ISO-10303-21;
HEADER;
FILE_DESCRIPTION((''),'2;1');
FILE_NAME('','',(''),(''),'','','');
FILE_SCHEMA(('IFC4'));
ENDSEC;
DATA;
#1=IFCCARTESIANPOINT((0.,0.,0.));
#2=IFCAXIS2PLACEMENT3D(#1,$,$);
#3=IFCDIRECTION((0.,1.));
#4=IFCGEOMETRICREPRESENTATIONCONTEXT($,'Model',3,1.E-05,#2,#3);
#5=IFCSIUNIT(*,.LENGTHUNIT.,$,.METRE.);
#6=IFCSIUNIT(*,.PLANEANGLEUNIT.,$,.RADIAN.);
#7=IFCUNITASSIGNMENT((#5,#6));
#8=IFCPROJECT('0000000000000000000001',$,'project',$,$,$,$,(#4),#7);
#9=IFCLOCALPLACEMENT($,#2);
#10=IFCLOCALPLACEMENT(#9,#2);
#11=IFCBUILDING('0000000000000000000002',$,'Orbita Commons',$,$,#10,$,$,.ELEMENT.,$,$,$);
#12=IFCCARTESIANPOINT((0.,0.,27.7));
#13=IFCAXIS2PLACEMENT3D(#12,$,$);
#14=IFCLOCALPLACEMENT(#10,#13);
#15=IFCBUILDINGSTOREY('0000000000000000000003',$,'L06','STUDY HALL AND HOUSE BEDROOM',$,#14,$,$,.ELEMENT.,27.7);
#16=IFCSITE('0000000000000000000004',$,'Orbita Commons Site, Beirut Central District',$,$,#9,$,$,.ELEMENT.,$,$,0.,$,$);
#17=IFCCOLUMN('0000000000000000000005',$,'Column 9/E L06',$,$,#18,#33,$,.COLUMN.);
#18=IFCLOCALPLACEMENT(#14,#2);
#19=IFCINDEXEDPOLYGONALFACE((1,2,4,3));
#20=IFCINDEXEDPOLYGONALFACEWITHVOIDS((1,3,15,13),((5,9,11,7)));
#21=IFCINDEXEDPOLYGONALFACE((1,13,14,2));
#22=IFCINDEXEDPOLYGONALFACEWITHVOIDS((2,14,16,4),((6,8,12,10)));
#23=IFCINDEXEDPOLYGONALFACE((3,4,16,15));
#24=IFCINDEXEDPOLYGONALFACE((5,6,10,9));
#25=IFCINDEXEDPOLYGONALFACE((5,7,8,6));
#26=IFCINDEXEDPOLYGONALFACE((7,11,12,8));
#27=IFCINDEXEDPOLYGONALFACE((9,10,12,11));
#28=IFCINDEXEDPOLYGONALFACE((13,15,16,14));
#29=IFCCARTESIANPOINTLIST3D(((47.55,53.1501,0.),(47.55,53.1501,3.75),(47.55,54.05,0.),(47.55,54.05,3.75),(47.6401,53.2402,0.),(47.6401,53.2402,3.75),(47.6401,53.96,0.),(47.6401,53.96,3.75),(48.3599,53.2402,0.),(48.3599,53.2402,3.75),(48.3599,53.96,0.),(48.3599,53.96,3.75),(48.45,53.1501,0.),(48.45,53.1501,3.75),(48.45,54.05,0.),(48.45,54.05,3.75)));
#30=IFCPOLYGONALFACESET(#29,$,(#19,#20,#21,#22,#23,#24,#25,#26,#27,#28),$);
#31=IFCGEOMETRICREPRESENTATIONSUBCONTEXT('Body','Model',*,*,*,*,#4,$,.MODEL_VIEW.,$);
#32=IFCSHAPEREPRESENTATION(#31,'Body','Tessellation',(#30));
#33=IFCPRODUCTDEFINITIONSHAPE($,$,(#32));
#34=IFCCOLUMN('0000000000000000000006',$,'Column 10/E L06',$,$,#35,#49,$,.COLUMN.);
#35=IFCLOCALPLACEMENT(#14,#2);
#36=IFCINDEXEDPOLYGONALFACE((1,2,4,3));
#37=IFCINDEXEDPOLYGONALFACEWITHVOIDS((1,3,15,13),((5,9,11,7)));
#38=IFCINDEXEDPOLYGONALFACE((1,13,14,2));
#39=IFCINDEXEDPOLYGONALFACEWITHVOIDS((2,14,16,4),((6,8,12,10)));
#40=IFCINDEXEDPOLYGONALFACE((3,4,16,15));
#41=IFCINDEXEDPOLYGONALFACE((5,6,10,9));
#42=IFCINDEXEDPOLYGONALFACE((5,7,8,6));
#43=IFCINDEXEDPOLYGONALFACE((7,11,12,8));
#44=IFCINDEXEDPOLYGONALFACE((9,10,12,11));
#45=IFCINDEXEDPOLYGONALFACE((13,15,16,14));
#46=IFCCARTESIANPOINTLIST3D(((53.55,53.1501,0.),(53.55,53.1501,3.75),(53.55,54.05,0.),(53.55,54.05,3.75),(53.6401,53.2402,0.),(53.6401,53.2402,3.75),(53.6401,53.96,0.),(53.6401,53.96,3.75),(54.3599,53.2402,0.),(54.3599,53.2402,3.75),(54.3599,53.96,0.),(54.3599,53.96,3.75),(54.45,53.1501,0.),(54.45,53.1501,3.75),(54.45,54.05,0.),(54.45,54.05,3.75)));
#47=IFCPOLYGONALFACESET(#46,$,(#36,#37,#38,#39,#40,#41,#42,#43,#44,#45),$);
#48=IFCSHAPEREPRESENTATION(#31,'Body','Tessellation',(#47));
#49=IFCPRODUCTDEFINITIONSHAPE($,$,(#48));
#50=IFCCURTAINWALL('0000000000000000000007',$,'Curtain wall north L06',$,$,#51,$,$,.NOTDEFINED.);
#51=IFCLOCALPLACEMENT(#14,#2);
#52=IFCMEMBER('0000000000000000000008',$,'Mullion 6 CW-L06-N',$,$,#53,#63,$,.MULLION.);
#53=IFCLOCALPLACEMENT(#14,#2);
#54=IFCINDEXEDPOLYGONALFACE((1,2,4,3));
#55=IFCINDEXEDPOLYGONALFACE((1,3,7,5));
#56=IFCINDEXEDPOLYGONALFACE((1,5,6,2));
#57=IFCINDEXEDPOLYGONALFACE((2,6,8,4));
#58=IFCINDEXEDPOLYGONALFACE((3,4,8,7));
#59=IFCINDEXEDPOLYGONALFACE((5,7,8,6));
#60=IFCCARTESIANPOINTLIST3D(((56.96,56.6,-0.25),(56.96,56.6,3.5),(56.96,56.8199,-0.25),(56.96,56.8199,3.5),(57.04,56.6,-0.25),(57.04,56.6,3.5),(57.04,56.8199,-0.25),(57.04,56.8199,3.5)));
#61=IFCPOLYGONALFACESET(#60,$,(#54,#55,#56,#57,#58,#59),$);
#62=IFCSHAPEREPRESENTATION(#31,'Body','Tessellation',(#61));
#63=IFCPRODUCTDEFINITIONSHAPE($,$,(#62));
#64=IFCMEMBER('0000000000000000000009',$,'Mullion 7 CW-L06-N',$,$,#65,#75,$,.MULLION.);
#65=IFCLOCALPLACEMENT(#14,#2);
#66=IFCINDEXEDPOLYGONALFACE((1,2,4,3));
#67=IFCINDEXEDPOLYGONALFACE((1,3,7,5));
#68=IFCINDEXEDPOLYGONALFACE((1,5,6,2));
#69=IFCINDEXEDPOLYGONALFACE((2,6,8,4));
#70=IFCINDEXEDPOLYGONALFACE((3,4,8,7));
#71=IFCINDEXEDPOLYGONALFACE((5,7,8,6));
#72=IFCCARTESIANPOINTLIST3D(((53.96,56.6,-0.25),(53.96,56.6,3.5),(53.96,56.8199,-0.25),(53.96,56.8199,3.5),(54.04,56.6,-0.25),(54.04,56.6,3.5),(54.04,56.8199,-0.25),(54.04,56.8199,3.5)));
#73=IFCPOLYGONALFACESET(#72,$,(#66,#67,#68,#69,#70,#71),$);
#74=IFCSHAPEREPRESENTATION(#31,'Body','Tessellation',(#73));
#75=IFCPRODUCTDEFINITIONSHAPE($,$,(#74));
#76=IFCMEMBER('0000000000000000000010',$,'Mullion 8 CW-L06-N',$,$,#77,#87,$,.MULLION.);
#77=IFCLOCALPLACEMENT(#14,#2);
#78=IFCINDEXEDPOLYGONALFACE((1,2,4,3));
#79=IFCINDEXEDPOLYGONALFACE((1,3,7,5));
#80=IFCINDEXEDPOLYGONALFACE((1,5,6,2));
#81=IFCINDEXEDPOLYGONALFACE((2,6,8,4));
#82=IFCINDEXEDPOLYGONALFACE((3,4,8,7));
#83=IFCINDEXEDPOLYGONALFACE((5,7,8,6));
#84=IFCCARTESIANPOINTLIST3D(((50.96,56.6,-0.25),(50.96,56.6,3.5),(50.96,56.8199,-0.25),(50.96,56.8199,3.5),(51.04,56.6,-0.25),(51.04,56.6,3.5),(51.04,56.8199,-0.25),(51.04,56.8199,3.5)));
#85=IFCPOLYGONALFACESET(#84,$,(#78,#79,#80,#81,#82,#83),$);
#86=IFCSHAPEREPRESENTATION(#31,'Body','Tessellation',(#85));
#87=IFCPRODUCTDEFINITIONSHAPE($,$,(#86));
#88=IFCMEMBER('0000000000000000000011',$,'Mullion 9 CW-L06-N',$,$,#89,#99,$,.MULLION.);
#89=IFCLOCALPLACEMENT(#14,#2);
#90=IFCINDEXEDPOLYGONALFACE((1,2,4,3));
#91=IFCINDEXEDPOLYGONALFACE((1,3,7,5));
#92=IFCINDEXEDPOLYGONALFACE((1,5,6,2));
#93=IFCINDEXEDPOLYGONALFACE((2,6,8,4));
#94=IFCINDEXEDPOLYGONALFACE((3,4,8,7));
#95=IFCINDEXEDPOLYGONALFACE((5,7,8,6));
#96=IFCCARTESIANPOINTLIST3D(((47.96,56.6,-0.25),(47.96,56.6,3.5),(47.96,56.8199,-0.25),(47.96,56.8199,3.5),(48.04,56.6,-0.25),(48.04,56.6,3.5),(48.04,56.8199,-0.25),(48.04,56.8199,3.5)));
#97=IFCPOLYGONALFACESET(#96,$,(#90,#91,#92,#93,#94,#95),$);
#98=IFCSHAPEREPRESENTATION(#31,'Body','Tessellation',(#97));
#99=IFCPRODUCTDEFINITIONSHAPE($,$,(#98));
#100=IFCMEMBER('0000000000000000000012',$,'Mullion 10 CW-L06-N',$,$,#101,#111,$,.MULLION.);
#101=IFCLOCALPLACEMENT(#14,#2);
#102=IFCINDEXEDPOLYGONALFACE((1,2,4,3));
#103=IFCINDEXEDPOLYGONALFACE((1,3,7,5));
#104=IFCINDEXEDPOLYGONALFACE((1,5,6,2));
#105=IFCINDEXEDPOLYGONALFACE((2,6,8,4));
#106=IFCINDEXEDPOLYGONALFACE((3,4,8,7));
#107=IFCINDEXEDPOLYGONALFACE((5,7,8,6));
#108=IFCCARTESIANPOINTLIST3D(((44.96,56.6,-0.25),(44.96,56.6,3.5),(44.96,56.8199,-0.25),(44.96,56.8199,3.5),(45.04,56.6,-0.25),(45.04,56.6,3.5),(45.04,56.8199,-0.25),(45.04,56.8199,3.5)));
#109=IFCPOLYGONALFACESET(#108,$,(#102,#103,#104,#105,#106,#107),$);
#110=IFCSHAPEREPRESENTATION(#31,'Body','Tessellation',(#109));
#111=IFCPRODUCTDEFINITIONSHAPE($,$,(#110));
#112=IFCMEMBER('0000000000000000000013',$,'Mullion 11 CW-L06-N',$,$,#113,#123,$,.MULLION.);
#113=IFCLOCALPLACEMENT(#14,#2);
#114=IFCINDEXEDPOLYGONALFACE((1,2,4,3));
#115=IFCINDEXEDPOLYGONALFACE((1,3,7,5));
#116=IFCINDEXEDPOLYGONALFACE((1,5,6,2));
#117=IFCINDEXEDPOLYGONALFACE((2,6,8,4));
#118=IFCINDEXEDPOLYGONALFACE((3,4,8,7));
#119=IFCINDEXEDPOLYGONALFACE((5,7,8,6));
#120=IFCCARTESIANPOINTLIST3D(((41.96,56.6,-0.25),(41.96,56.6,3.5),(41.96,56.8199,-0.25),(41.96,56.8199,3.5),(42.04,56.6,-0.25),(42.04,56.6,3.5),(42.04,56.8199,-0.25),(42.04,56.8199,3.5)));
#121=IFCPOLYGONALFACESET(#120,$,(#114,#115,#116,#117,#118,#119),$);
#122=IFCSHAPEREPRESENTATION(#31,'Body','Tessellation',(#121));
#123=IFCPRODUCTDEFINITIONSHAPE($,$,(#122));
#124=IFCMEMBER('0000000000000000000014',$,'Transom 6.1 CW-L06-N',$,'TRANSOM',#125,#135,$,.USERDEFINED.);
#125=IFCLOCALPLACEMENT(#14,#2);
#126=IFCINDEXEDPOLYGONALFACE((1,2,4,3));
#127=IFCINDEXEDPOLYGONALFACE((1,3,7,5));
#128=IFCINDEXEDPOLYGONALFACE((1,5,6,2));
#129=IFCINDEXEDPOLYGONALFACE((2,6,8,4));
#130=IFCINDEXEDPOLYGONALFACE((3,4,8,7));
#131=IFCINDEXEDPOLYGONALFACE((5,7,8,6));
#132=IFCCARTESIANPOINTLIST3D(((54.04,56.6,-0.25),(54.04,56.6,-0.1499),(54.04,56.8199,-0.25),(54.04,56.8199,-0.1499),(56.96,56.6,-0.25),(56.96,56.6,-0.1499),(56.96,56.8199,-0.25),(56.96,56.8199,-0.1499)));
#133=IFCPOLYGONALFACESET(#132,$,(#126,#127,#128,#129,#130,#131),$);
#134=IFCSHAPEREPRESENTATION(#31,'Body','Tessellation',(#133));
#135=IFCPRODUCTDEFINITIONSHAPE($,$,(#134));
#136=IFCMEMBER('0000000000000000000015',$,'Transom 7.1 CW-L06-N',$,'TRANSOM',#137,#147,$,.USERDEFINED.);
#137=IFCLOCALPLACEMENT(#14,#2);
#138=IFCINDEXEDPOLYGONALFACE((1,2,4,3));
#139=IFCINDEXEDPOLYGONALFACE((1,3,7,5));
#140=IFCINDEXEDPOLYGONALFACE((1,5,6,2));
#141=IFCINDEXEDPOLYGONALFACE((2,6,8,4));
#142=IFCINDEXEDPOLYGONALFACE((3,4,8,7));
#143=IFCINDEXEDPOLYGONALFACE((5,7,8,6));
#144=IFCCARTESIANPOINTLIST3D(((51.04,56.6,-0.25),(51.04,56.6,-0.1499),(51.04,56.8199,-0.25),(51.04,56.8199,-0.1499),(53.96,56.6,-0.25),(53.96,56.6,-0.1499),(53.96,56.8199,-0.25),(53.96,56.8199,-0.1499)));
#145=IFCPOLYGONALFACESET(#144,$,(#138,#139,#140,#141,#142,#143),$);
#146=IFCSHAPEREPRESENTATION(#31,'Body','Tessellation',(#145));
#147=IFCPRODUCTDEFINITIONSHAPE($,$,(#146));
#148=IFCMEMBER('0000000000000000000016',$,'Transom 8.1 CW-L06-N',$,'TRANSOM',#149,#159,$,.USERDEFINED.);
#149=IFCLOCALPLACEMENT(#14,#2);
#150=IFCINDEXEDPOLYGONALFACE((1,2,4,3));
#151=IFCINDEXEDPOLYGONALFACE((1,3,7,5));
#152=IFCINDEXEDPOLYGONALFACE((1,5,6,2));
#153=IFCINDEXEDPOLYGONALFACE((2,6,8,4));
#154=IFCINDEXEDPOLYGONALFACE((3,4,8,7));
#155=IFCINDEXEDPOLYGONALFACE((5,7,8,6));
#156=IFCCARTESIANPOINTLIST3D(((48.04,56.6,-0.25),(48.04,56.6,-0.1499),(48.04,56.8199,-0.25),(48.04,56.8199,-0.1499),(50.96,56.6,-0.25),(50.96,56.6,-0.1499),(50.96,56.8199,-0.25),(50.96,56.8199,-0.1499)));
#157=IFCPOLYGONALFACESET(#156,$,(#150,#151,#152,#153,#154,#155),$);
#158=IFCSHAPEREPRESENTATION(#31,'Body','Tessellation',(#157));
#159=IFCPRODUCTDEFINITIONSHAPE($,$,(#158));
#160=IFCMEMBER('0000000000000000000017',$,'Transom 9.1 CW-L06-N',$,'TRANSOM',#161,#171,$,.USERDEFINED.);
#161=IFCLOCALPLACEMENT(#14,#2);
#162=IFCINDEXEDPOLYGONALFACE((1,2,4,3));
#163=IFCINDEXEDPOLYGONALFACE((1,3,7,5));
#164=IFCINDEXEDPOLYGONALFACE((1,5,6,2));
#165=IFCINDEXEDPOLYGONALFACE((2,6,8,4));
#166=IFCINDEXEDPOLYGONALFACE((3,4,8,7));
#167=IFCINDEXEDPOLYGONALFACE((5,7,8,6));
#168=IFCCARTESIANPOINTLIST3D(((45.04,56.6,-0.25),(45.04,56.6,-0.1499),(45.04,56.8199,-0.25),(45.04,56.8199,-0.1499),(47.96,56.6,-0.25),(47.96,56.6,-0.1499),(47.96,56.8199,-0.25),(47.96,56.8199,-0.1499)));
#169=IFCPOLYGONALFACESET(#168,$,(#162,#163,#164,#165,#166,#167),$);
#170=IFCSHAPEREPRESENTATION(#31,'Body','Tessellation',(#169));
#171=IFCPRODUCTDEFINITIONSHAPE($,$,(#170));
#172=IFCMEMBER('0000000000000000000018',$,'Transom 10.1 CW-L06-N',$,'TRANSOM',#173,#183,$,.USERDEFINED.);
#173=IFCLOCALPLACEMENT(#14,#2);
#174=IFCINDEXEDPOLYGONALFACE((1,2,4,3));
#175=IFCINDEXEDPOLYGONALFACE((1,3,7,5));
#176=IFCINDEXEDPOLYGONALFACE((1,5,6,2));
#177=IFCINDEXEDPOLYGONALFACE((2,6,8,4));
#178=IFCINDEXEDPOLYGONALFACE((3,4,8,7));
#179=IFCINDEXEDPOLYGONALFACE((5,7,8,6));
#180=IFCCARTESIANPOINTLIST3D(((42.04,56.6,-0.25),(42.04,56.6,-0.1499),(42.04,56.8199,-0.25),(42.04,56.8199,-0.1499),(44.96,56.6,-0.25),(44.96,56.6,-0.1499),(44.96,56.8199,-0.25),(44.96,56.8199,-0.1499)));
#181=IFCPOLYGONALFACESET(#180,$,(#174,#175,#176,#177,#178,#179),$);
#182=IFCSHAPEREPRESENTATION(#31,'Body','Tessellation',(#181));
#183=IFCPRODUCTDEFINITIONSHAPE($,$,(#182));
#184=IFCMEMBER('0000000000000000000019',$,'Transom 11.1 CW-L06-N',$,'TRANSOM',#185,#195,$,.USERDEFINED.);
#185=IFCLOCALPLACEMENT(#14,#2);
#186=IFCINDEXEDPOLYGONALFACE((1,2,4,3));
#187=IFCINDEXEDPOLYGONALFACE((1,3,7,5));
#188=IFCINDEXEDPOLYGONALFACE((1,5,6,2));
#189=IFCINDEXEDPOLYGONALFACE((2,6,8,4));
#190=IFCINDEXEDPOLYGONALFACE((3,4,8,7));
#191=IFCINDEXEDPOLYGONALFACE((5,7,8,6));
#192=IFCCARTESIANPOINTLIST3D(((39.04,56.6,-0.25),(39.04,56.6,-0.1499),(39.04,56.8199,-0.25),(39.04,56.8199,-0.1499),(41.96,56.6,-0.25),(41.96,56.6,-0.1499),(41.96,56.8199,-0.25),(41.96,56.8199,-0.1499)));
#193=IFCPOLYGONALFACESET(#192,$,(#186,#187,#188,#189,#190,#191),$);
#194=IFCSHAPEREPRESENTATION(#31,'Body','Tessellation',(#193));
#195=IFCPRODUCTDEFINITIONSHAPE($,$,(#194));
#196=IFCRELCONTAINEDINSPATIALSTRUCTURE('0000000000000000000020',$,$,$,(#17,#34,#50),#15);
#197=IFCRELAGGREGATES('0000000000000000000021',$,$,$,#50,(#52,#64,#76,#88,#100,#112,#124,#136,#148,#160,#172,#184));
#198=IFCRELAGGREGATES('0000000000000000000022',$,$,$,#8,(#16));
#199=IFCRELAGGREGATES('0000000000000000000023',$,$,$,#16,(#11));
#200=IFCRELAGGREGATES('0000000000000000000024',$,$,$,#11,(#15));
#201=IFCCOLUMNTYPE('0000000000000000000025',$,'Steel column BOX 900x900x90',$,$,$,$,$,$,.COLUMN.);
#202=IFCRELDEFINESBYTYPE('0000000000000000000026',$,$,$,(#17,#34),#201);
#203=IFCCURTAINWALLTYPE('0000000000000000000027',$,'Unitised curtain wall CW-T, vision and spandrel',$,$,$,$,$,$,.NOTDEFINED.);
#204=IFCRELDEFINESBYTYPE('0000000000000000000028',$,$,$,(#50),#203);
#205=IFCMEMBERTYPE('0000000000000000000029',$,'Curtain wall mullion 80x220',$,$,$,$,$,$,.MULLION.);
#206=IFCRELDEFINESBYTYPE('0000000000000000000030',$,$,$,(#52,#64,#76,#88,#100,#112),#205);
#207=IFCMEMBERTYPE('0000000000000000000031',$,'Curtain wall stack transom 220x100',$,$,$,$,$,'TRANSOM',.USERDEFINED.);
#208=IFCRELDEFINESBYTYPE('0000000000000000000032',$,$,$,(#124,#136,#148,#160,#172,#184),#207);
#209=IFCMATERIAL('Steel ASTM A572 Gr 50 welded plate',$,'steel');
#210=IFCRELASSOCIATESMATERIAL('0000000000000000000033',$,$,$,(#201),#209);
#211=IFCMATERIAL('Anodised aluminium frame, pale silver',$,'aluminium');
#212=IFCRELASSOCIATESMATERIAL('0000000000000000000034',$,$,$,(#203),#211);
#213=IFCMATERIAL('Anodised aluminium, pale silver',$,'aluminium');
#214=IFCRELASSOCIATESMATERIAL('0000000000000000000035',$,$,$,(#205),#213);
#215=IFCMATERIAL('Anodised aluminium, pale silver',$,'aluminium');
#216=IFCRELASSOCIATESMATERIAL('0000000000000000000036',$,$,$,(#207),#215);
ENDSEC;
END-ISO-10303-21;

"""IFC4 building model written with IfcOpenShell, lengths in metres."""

from ifc_helpers import new_model, si_unit, direction, frame, origin, origin_2d, place, context, subcontext, project, spatial, rectangle, hollow_rectangle, extrude, material, material_profile, profile_set, type_object, element, aggregate, save


model = new_model("IFC4")

# Units and contexts
model_context = context("Model", 3, precision=1e-05, world=origin(), true_north=direction((0.0, 1.0)))
body_context = subcontext(model_context, "Body", "Model", "MODEL_VIEW")
ifc_project = project(units=[si_unit("LENGTHUNIT", "METRE"), si_unit("PLANEANGLEUNIT", "RADIAN")], contexts=[model_context])

# Site, building, storey
site_placement = place(None, origin())
site = spatial("IfcSite", under=ifc_project, at=site_placement, Name="Orbita Commons Site, Beirut Central District", CompositionType="ELEMENT", RefElevation=0.0)
building_placement = place(site_placement, origin())
building = spatial("IfcBuilding", under=site, at=building_placement, Name="Orbita Commons", CompositionType="ELEMENT")
storey_placement = place(building_placement, frame((0.0, 0.0, 27.7)))
storey = spatial("IfcBuildingStorey", under=building, at=storey_placement, Name="L06", Description="STUDY HALL AND HOUSE BEDROOM", CompositionType="ELEMENT", Elevation=27.7)

# Columns
ifc_material_1 = material(Name="Steel ASTM A572 Gr 50 welded plate", Category="steel")
ifc_material_profile_1 = material_profile(ifc_material_1, hollow_rectangle(XDim=0.8999, YDim=0.8999, WallThickness=0.0901, at=origin_2d()), Name="BOX 900x900x90")
ifc_profile_set_1 = profile_set([ifc_material_profile_1], Name="Steel ASTM A572 Gr 50 welded plate")
column_type = type_object("IfcColumnType", Name="Steel column BOX 900x900x90", PredefinedType="COLUMN", material=ifc_profile_set_1)
for number, where, z_axis, x_axis, name in (
    (1, (48.0, 53.6001, 0.0), (0.0, 0.0, 1.0), (1.0, 0.0, 0.0), "Column 9/E L06"),
    (2, (54.0, 53.6001, 0.0), (0.0, 0.0, 1.0), (1.0, 0.0, 0.0), "Column 10/E L06"),
):
    element("IfcColumn", number, at=place(storey_placement, frame(where, z_axis=z_axis, x_axis=x_axis)), inside=storey, type_object=column_type, Name=name, PredefinedType="COLUMN", context=body_context, shape_type="SweptSolid", body=[
        extrude(hollow_rectangle(XDim=0.8999, YDim=0.8999, WallThickness=0.0901, at=origin_2d()), origin(), (0.0, 0.0, 1.0), 3.75),
    ])

# Curtain wall, members
ifc_material_2 = material(Name="Anodised aluminium frame, pale silver", Category="aluminium")
curtain_wall_type = type_object("IfcCurtainWallType", Name="Unitised curtain wall CW-T, vision and spandrel", PredefinedType="NOTDEFINED", material=ifc_material_2)
curtain_wall_placement = place(storey_placement, origin())
curtain_wall = element("IfcCurtainWall", 3, at=curtain_wall_placement, inside=storey, type_object=curtain_wall_type, Name="Curtain wall north L06", PredefinedType="NOTDEFINED")
ifc_material_3 = material(Name="Anodised aluminium, pale silver", Category="aluminium")
ifc_material_profile_2 = material_profile(ifc_material_3, rectangle(XDim=0.0801, YDim=0.22, at=origin_2d()), Name="AL 80x220")
ifc_profile_set_2 = profile_set([ifc_material_profile_2], Name="Anodised aluminium, pale silver")
member_type_1 = type_object("IfcMemberType", Name="Curtain wall mullion 80x220", PredefinedType="MULLION", material=ifc_profile_set_2)
member_1_placement = place(storey_placement, frame((57.0, 56.71, -0.25), z_axis=(0.0, 0.0, 1.0), x_axis=(-1.0, 0.0, 0.0)))
member_1 = element("IfcMember", 4, at=member_1_placement, type_object=member_type_1, Name="Mullion 6 CW-L06-N", PredefinedType="MULLION", context=body_context, shape_type="SweptSolid", body=[
    extrude(rectangle(XDim=0.0801, YDim=0.22, at=origin_2d()), origin(), (0.0, 0.0, 1.0), 3.75),
])
member_2_placement = place(storey_placement, frame((54.0, 56.71, -0.25), z_axis=(0.0, 0.0, 1.0), x_axis=(-1.0, 0.0, 0.0)))
member_2 = element("IfcMember", 5, at=member_2_placement, type_object=member_type_1, Name="Mullion 7 CW-L06-N", PredefinedType="MULLION", context=body_context, shape_type="SweptSolid", body=[
    extrude(rectangle(XDim=0.0801, YDim=0.22, at=origin_2d()), origin(), (0.0, 0.0, 1.0), 3.75),
])
member_3_placement = place(storey_placement, frame((51.0, 56.71, -0.25), z_axis=(0.0, 0.0, 1.0), x_axis=(-1.0, 0.0, 0.0)))
member_3 = element("IfcMember", 6, at=member_3_placement, type_object=member_type_1, Name="Mullion 8 CW-L06-N", PredefinedType="MULLION", context=body_context, shape_type="SweptSolid", body=[
    extrude(rectangle(XDim=0.0801, YDim=0.22, at=origin_2d()), origin(), (0.0, 0.0, 1.0), 3.75),
])
member_4_placement = place(storey_placement, frame((48.0, 56.71, -0.25), z_axis=(0.0, 0.0, 1.0), x_axis=(-1.0, 0.0, 0.0)))
member_4 = element("IfcMember", 7, at=member_4_placement, type_object=member_type_1, Name="Mullion 9 CW-L06-N", PredefinedType="MULLION", context=body_context, shape_type="SweptSolid", body=[
    extrude(rectangle(XDim=0.0801, YDim=0.22, at=origin_2d()), origin(), (0.0, 0.0, 1.0), 3.75),
])
member_5_placement = place(storey_placement, frame((45.0, 56.71, -0.25), z_axis=(0.0, 0.0, 1.0), x_axis=(-1.0, 0.0, 0.0)))
member_5 = element("IfcMember", 8, at=member_5_placement, type_object=member_type_1, Name="Mullion 10 CW-L06-N", PredefinedType="MULLION", context=body_context, shape_type="SweptSolid", body=[
    extrude(rectangle(XDim=0.0801, YDim=0.22, at=origin_2d()), origin(), (0.0, 0.0, 1.0), 3.75),
])
member_6_placement = place(storey_placement, frame((42.0, 56.71, -0.25), z_axis=(0.0, 0.0, 1.0), x_axis=(-1.0, 0.0, 0.0)))
member_6 = element("IfcMember", 9, at=member_6_placement, type_object=member_type_1, Name="Mullion 11 CW-L06-N", PredefinedType="MULLION", context=body_context, shape_type="SweptSolid", body=[
    extrude(rectangle(XDim=0.0801, YDim=0.22, at=origin_2d()), origin(), (0.0, 0.0, 1.0), 3.75),
])
ifc_material_4 = material(Name="Anodised aluminium, pale silver", Category="aluminium")
ifc_material_profile_3 = material_profile(ifc_material_4, rectangle(XDim=0.22, YDim=0.1001, at=origin_2d()), Name="AL 220x100")
ifc_profile_set_3 = profile_set([ifc_material_profile_3], Name="Anodised aluminium, pale silver")
member_type_2 = type_object("IfcMemberType", Name="Curtain wall stack transom 220x100", ElementType="TRANSOM", PredefinedType="USERDEFINED", material=ifc_profile_set_3)
member_7_placement = place(storey_placement, frame((56.96, 56.71, -0.2), z_axis=(-1.0, 0.0, 0.0), x_axis=(0.0, -1.0, 0.0)))
member_7 = element("IfcMember", 10, at=member_7_placement, type_object=member_type_2, Name="Transom 6.1 CW-L06-N", ObjectType="TRANSOM", PredefinedType="USERDEFINED", context=body_context, shape_type="SweptSolid", body=[
    extrude(rectangle(XDim=0.22, YDim=0.1001, at=origin_2d()), origin(), (0.0, 0.0, 1.0), 2.9199),
])
member_8_placement = place(storey_placement, frame((53.96, 56.71, -0.2), z_axis=(-1.0, 0.0, 0.0), x_axis=(0.0, -1.0, 0.0)))
member_8 = element("IfcMember", 11, at=member_8_placement, type_object=member_type_2, Name="Transom 7.1 CW-L06-N", ObjectType="TRANSOM", PredefinedType="USERDEFINED", context=body_context, shape_type="SweptSolid", body=[
    extrude(rectangle(XDim=0.22, YDim=0.1001, at=origin_2d()), origin(), (0.0, 0.0, 1.0), 2.9199),
])
member_9_placement = place(storey_placement, frame((50.96, 56.71, -0.2), z_axis=(-1.0, 0.0, 0.0), x_axis=(0.0, -1.0, 0.0)))
member_9 = element("IfcMember", 12, at=member_9_placement, type_object=member_type_2, Name="Transom 8.1 CW-L06-N", ObjectType="TRANSOM", PredefinedType="USERDEFINED", context=body_context, shape_type="SweptSolid", body=[
    extrude(rectangle(XDim=0.22, YDim=0.1001, at=origin_2d()), origin(), (0.0, 0.0, 1.0), 2.9199),
])
member_10_placement = place(storey_placement, frame((47.96, 56.71, -0.2), z_axis=(-1.0, 0.0, 0.0), x_axis=(0.0, -1.0, 0.0)))
member_10 = element("IfcMember", 13, at=member_10_placement, type_object=member_type_2, Name="Transom 9.1 CW-L06-N", ObjectType="TRANSOM", PredefinedType="USERDEFINED", context=body_context, shape_type="SweptSolid", body=[
    extrude(rectangle(XDim=0.22, YDim=0.1001, at=origin_2d()), origin(), (0.0, 0.0, 1.0), 2.9199),
])
member_11_placement = place(storey_placement, frame((44.96, 56.71, -0.2), z_axis=(-1.0, 0.0, 0.0), x_axis=(0.0, -1.0, 0.0)))
member_11 = element("IfcMember", 14, at=member_11_placement, type_object=member_type_2, Name="Transom 10.1 CW-L06-N", ObjectType="TRANSOM", PredefinedType="USERDEFINED", context=body_context, shape_type="SweptSolid", body=[
    extrude(rectangle(XDim=0.22, YDim=0.1001, at=origin_2d()), origin(), (0.0, 0.0, 1.0), 2.9199),
])
member_12_placement = place(storey_placement, frame((41.96, 56.71, -0.2), z_axis=(-1.0, 0.0, 0.0), x_axis=(0.0, -1.0, 0.0)))
member_12 = element("IfcMember", 15, at=member_12_placement, type_object=member_type_2, Name="Transom 11.1 CW-L06-N", ObjectType="TRANSOM", PredefinedType="USERDEFINED", context=body_context, shape_type="SweptSolid", body=[
    extrude(rectangle(XDim=0.22, YDim=0.1001, at=origin_2d()), origin(), (0.0, 0.0, 1.0), 2.9199),
])

aggregate(curtain_wall, [member_1, member_2, member_3, member_4, member_5, member_6, member_7, member_8, member_9, member_10, member_11, member_12])

save(model, "model.ifc")
